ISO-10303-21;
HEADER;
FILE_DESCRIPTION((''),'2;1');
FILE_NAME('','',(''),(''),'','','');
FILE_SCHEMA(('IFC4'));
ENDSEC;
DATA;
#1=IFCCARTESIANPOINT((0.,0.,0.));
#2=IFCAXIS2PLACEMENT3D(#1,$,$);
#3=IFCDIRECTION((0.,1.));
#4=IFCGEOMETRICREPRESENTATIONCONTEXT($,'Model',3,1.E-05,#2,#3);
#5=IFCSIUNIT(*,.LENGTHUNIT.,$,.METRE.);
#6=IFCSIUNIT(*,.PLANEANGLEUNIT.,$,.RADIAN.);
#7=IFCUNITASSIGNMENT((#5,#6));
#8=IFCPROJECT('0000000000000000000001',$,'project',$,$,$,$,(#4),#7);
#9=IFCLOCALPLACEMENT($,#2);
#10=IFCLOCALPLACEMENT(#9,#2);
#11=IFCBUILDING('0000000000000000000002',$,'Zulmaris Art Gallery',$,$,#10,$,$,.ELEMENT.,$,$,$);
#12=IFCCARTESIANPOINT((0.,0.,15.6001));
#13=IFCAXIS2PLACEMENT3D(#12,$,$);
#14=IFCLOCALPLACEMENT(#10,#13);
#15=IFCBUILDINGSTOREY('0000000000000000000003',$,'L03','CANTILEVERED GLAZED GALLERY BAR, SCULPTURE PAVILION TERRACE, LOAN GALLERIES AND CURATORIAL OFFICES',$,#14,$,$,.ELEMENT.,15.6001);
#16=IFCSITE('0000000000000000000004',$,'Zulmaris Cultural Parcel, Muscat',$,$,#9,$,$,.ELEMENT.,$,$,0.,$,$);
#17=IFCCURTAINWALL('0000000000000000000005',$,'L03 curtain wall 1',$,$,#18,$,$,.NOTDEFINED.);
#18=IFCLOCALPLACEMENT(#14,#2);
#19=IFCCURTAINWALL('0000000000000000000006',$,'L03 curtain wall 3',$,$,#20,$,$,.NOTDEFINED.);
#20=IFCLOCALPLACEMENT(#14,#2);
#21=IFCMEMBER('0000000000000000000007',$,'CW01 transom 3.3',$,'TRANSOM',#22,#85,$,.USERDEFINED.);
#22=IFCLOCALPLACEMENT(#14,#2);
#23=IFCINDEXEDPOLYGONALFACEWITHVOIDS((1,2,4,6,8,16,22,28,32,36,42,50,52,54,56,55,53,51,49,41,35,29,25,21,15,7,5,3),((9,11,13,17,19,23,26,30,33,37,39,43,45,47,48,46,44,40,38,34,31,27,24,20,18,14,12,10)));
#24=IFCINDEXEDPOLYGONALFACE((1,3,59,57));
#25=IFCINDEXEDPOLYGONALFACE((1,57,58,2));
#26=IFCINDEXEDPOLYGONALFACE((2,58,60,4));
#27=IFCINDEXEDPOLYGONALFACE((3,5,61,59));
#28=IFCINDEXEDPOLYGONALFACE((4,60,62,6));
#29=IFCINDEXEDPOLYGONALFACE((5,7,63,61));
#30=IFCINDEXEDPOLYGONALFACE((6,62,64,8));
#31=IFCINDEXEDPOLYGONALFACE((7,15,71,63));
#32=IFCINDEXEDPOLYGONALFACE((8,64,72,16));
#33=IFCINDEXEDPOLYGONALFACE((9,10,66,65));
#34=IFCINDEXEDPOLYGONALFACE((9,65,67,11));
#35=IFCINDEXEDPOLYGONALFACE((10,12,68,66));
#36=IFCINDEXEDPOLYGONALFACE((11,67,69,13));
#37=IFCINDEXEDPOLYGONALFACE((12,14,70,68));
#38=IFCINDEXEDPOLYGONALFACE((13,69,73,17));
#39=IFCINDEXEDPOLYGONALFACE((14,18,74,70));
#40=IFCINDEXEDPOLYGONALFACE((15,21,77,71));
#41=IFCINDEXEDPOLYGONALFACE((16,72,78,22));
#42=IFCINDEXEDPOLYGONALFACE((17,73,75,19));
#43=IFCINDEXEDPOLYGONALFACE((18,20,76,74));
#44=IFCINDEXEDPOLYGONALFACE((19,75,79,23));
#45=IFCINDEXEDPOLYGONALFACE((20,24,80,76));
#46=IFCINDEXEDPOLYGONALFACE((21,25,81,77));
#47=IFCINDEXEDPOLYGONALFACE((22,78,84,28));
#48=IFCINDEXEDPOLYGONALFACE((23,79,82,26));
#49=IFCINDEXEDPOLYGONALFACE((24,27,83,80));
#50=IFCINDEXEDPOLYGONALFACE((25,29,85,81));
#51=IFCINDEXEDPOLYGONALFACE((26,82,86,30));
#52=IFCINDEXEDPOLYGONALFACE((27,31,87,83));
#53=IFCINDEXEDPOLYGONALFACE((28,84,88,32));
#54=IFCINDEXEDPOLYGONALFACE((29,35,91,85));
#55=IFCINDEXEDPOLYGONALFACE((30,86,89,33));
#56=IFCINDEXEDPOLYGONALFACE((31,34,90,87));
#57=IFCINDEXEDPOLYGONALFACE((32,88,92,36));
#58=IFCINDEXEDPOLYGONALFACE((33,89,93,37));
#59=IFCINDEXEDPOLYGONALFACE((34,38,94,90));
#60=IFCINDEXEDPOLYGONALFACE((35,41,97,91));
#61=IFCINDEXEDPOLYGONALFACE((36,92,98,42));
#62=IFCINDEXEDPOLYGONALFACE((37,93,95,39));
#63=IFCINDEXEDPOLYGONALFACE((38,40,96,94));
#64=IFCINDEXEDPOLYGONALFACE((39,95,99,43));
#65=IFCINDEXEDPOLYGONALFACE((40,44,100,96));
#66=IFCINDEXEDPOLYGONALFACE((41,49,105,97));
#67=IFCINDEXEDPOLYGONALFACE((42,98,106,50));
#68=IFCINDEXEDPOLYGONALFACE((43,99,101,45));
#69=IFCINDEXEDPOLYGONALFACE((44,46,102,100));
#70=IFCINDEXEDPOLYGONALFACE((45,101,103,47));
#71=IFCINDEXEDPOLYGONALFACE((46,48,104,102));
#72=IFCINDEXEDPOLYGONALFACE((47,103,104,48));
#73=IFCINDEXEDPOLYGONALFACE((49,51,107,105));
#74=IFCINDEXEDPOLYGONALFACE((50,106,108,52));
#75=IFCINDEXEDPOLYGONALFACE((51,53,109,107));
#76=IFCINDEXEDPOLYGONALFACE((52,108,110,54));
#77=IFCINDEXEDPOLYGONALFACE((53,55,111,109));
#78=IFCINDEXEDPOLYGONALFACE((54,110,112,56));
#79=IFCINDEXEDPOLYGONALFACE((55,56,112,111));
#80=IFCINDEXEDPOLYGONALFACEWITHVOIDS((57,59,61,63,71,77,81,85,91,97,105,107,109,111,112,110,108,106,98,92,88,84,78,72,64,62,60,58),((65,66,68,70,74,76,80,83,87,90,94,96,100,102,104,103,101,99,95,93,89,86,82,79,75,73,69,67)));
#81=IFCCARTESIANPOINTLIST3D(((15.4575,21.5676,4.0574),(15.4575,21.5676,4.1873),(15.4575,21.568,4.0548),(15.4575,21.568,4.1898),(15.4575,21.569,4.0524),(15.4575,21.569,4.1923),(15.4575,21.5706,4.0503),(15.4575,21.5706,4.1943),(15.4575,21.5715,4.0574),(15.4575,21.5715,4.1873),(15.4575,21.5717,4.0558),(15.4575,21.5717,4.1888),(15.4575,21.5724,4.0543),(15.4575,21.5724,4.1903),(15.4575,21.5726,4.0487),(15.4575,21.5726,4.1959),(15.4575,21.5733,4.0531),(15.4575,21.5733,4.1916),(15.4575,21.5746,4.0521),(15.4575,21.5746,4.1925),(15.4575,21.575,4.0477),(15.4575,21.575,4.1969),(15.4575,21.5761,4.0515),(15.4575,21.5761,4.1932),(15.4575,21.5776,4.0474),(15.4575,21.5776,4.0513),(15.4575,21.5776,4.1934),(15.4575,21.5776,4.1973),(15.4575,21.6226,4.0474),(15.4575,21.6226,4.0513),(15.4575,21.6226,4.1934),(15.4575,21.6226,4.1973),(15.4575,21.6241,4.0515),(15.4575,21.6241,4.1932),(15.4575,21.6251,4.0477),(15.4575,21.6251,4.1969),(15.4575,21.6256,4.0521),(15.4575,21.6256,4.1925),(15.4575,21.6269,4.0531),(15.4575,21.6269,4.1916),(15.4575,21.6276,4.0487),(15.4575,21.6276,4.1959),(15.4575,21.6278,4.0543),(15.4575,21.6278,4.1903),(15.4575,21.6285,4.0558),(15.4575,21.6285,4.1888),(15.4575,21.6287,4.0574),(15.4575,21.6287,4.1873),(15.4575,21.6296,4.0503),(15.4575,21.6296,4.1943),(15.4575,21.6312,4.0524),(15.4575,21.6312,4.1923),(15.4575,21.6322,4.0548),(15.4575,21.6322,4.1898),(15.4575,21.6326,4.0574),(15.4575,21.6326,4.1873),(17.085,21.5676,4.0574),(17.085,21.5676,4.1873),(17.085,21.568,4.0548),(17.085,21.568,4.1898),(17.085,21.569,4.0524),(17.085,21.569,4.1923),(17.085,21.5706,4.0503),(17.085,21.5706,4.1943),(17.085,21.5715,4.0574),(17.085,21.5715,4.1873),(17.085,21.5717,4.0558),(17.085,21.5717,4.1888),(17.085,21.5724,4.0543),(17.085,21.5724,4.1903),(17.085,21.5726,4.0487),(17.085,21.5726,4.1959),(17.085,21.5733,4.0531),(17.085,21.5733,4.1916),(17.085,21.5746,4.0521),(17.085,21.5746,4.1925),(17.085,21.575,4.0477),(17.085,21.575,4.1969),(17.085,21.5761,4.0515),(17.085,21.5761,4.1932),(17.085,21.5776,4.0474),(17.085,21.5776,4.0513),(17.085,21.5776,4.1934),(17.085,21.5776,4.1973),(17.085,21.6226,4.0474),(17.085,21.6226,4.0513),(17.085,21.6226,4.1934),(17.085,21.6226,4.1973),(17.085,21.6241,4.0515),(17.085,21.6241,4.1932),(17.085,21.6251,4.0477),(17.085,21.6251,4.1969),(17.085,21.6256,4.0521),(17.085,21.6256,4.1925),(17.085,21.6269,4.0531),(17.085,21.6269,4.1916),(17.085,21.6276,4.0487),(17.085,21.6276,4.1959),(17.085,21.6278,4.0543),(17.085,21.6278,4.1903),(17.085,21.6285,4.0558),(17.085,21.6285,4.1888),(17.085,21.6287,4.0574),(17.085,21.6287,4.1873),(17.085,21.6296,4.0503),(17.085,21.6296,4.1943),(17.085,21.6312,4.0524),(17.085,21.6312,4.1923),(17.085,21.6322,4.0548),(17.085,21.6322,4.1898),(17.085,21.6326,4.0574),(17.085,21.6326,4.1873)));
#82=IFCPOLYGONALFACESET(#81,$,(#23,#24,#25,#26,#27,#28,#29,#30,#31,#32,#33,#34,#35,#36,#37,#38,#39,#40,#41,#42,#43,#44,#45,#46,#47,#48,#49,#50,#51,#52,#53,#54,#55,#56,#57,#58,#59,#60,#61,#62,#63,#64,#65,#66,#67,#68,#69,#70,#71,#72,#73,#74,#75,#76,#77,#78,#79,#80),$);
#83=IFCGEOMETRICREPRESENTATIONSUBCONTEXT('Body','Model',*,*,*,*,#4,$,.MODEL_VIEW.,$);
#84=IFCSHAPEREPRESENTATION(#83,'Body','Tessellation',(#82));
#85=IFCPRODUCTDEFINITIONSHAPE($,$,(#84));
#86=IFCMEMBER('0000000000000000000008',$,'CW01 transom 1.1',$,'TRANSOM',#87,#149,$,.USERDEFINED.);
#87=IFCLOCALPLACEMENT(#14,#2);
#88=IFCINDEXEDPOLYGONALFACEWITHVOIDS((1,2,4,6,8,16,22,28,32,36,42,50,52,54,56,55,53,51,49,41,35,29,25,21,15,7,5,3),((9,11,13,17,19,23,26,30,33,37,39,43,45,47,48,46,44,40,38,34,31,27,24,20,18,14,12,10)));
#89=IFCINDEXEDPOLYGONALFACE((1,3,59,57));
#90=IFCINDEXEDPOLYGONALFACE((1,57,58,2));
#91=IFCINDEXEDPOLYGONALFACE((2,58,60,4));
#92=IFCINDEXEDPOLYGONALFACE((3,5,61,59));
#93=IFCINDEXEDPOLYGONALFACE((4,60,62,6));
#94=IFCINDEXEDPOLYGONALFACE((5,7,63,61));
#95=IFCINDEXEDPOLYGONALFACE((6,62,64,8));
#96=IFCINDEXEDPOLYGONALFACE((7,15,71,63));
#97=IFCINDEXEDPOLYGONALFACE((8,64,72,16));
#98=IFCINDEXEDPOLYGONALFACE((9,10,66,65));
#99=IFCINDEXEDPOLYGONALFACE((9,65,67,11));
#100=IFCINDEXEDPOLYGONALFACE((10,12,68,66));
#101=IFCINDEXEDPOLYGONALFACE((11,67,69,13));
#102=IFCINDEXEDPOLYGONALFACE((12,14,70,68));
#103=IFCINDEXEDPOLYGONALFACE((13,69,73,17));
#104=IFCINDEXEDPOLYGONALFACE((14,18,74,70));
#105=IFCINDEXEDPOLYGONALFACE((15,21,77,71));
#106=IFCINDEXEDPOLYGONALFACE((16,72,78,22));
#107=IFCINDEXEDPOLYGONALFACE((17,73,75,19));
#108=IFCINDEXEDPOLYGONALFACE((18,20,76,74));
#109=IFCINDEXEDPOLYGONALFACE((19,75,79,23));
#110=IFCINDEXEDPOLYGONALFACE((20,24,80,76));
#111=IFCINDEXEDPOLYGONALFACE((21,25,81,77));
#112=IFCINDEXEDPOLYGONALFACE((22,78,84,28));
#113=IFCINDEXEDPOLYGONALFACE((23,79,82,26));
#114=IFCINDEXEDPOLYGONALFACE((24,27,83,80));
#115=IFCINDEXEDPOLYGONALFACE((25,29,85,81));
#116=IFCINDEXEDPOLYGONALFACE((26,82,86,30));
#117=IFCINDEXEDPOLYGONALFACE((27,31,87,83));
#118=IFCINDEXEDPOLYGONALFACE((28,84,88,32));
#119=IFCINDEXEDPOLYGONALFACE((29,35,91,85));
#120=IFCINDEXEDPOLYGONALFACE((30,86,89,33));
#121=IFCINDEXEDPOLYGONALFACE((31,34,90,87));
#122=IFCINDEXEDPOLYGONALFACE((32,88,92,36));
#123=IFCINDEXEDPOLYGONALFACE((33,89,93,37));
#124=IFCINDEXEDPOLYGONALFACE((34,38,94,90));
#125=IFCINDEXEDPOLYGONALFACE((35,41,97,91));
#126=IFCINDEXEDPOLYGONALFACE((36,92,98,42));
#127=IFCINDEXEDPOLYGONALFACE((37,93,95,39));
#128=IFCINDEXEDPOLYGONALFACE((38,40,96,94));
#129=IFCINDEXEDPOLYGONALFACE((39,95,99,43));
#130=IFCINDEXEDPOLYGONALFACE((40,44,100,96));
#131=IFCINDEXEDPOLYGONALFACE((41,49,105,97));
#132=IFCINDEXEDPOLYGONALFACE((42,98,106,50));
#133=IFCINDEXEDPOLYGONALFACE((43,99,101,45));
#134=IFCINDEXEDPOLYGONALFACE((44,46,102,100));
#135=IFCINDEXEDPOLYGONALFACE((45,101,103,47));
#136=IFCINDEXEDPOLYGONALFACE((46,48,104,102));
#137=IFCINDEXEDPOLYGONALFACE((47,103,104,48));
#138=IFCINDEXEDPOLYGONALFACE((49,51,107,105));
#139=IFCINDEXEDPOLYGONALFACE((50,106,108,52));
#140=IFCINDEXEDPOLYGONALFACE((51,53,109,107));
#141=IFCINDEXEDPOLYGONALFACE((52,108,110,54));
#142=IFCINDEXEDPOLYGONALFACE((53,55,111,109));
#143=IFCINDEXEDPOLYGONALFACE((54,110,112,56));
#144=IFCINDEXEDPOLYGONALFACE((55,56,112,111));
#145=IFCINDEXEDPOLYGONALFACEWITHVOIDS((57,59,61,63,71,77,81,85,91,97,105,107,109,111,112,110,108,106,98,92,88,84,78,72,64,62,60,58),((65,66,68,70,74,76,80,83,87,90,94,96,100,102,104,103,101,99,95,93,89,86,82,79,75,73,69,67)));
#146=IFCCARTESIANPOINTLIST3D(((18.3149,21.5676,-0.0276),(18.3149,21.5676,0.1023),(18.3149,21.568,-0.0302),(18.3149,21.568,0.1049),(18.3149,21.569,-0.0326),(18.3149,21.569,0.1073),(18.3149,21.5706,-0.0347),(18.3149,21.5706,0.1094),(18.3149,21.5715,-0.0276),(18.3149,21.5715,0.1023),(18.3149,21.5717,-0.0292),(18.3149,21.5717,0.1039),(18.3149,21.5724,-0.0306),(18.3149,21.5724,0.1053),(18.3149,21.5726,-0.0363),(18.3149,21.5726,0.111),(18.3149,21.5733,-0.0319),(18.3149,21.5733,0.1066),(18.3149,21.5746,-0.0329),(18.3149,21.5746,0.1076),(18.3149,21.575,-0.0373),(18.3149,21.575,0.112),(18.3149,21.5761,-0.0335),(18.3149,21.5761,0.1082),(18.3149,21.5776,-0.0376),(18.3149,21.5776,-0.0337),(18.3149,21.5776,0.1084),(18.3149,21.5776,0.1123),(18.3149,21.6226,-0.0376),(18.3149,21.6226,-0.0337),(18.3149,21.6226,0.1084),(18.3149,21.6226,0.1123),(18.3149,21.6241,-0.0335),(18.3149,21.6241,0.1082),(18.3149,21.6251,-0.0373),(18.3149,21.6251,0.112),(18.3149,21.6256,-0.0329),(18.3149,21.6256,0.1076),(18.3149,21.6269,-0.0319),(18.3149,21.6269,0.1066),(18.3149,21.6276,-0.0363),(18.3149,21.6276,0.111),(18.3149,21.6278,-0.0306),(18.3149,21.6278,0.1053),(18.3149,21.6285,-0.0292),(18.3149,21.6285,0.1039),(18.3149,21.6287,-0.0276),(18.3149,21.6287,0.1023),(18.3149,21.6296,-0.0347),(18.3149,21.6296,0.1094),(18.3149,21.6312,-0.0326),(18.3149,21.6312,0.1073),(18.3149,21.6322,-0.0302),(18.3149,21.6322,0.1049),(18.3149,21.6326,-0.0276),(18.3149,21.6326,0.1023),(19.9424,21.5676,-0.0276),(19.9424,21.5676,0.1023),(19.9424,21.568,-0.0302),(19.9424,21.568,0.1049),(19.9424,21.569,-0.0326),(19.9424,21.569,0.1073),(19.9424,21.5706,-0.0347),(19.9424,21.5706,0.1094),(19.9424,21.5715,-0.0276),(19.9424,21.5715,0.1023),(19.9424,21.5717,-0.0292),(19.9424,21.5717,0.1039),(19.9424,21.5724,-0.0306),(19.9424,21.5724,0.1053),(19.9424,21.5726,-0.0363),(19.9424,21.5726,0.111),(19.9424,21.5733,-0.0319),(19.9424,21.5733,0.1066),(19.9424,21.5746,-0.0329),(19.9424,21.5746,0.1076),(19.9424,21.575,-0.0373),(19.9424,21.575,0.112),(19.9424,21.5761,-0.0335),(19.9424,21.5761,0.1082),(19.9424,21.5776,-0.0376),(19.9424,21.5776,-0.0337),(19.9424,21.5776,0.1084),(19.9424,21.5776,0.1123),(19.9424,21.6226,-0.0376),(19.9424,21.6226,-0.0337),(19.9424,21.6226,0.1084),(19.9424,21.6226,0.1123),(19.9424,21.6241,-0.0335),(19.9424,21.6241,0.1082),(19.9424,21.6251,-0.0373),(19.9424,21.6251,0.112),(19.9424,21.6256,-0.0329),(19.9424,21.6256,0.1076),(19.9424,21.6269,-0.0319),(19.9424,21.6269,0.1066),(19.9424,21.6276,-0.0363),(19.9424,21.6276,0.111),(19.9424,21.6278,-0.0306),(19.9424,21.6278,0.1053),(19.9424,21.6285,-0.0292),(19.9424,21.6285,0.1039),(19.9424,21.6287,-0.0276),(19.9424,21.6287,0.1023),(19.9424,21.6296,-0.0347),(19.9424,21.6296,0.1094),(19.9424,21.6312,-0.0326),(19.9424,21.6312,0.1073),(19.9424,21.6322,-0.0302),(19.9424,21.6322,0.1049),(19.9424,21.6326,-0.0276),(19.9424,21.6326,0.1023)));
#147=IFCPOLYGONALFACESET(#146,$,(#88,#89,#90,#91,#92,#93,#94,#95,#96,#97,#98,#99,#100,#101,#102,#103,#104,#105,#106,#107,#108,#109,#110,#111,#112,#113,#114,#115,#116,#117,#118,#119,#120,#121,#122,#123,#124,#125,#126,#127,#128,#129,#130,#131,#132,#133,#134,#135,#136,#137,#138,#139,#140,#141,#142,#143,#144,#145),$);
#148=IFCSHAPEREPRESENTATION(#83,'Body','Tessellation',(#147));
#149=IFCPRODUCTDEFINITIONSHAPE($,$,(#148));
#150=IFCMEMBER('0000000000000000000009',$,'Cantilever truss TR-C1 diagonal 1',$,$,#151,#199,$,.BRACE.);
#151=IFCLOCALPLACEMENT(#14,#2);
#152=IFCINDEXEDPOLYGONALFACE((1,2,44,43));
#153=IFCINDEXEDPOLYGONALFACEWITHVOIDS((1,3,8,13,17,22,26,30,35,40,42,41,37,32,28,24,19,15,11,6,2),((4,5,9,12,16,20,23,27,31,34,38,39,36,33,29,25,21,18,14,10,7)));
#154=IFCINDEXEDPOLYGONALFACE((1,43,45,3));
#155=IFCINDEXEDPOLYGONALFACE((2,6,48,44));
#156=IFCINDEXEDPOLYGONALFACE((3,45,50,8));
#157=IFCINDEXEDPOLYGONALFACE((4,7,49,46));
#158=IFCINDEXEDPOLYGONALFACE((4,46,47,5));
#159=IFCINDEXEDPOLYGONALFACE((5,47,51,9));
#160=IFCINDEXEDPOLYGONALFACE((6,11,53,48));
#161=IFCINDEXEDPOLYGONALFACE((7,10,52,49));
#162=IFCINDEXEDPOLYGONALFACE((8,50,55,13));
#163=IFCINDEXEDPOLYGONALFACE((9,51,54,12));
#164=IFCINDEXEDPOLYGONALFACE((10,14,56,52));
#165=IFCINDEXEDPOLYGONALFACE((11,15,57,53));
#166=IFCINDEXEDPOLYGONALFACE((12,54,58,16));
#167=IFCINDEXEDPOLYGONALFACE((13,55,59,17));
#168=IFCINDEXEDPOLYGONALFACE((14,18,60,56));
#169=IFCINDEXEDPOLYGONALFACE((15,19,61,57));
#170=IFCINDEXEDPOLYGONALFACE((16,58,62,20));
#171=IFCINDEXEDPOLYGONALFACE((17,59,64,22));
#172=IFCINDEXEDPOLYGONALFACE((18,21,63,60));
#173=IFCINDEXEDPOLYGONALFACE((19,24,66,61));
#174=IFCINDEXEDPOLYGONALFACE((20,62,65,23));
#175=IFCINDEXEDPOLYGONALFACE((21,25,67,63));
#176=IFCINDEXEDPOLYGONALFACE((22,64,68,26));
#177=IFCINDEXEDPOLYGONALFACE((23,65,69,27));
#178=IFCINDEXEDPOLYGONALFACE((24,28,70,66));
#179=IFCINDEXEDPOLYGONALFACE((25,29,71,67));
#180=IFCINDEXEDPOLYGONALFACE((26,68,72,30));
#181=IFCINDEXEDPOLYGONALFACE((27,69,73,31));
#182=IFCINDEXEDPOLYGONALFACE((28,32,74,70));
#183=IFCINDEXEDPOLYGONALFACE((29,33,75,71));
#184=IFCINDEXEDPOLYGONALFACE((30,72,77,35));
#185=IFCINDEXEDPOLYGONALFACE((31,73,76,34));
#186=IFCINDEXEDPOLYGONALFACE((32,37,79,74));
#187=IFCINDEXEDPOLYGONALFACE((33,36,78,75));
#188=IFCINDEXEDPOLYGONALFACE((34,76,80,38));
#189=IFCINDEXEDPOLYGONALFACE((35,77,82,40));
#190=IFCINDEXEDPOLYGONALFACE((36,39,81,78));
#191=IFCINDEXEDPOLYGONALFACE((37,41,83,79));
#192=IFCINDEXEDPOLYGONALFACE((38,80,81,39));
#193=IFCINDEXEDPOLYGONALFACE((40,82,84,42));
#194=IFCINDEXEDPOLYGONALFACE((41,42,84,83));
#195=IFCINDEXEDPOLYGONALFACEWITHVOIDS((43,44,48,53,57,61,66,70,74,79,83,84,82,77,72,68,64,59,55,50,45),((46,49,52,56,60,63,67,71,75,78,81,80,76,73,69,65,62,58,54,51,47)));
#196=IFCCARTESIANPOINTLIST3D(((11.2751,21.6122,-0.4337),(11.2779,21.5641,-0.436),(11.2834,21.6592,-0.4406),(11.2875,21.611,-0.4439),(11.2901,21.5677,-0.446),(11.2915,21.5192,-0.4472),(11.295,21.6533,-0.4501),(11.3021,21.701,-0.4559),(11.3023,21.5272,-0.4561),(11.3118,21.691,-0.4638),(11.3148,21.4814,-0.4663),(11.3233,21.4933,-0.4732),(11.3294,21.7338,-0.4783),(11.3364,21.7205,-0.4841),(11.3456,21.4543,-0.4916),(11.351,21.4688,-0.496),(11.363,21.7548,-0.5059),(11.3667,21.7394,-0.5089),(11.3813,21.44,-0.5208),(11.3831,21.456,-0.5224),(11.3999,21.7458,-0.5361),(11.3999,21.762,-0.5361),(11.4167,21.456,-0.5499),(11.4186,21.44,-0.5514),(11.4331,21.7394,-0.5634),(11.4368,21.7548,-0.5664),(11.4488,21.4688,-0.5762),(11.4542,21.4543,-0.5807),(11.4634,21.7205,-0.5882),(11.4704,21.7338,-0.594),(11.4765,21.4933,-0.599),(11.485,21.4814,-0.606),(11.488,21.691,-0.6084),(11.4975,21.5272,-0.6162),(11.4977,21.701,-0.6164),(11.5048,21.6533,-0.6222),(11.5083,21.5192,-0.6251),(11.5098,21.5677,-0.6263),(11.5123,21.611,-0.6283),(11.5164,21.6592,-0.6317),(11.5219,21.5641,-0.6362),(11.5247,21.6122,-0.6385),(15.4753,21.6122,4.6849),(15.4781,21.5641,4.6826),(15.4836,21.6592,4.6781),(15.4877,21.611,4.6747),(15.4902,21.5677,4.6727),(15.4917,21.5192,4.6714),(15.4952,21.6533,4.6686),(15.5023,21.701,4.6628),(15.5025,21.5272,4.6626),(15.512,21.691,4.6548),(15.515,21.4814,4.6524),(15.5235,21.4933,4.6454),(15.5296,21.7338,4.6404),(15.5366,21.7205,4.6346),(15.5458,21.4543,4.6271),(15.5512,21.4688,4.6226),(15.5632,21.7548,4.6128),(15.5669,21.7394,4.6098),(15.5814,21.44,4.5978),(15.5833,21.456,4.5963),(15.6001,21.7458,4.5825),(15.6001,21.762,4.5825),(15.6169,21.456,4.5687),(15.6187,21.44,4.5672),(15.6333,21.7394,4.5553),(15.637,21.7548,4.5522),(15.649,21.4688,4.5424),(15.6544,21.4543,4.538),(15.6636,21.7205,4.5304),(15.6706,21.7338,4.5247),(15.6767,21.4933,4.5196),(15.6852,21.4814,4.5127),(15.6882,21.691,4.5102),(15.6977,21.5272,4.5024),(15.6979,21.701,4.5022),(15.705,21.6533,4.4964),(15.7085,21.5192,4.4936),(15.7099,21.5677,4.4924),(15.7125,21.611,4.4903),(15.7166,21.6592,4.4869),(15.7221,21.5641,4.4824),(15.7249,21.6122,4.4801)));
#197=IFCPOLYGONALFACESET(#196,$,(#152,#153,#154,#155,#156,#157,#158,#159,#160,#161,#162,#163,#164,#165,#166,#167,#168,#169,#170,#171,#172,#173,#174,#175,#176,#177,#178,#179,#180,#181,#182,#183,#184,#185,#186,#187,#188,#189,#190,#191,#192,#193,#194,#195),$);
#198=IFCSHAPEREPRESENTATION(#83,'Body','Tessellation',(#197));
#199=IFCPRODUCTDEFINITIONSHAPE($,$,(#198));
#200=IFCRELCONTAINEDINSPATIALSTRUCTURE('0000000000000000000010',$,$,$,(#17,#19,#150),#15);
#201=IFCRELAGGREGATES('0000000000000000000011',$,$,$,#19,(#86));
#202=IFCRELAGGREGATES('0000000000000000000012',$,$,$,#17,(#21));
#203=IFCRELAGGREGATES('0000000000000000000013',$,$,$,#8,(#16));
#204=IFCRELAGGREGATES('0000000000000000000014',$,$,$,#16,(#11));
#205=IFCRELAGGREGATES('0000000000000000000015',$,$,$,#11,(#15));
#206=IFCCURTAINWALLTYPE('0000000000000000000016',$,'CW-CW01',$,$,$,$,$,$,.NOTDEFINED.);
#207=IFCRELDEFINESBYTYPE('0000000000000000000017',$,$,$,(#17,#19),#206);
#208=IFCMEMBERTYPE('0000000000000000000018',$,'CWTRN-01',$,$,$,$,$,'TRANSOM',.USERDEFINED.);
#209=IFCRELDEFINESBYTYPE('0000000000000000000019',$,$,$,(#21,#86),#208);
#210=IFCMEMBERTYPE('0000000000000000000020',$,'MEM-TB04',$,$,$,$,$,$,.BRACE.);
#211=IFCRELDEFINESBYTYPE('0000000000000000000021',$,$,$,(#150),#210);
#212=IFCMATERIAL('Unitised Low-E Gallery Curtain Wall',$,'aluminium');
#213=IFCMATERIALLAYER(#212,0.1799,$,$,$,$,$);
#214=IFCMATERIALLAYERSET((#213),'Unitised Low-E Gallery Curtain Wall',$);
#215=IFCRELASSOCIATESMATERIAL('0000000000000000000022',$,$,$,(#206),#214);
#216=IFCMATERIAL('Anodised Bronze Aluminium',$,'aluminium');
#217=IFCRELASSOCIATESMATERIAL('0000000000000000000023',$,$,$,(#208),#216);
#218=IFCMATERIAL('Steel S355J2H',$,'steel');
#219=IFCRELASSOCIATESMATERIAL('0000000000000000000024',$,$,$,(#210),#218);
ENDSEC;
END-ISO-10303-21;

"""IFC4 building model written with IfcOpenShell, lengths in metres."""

from ifc_helpers import new_model, si_unit, direction, frame, origin, origin_2d, place, context, subcontext, project, spatial, hollow_rectangle, hollow_circle, extrude, material, layer, layer_set, material_profile, profile_set, type_object, element, aggregate, save


model = new_model("IFC4")

# Units and contexts
model_context = context("Model", 3, precision=1e-05, world=origin(), true_north=direction((0.0, 1.0)))
body_context = subcontext(model_context, "Body", "Model", "MODEL_VIEW")
ifc_project = project(units=[si_unit("LENGTHUNIT", "METRE"), si_unit("PLANEANGLEUNIT", "RADIAN")], contexts=[model_context])

# Site, building, storey
site_placement = place(None, origin())
site = spatial("IfcSite", under=ifc_project, at=site_placement, Name="Zulmaris Cultural Parcel, Muscat", CompositionType="ELEMENT", RefElevation=0.0)
building_placement = place(site_placement, origin())
building = spatial("IfcBuilding", under=site, at=building_placement, Name="Zulmaris Art Gallery", CompositionType="ELEMENT")
storey_placement = place(building_placement, frame((0.0, 0.0, 15.6001)))
storey = spatial("IfcBuildingStorey", under=building, at=storey_placement, Name="L03", Description="CANTILEVERED GLAZED GALLERY BAR, SCULPTURE PAVILION TERRACE, LOAN GALLERIES AND CURATORIAL OFFICES", CompositionType="ELEMENT", Elevation=15.6001)

# Curtain wall
ifc_material_1 = material(Name="Unitised Low-E Gallery Curtain Wall", Category="aluminium")
ifc_layer_1 = layer(ifc_material_1, 0.1799)
ifc_layer_set_1 = layer_set([ifc_layer_1], Name="Unitised Low-E Gallery Curtain Wall")
curtain_wall_type = type_object("IfcCurtainWallType", Name="CW-CW01", PredefinedType="NOTDEFINED", material=ifc_layer_set_1)
curtain_wall_1_placement = place(storey_placement, origin())
curtain_wall_1 = element("IfcCurtainWall", 1, at=curtain_wall_1_placement, inside=storey, type_object=curtain_wall_type, Name="L03 curtain wall 1", PredefinedType="NOTDEFINED")
ifc_material_2 = material(Name="Anodised Bronze Aluminium", Category="aluminium")

# Curtain wall
curtain_wall_2_placement = place(storey_placement, origin())
curtain_wall_2 = element("IfcCurtainWall", 2, at=curtain_wall_2_placement, inside=storey, type_object=curtain_wall_type, Name="L03 curtain wall 3", PredefinedType="NOTDEFINED")

# Members
ifc_material_profile_1 = material_profile(ifc_material_2, hollow_rectangle(XDim=0.0649, YDim=0.1499, WallThickness=0.0039, InnerFilletRadius=0.0061, OuterFilletRadius=0.01, at=origin_2d()), Name="ALU 65x150x4")
ifc_profile_set_1 = profile_set([ifc_material_profile_1], Name="Anodised Bronze Aluminium")
member_type_1 = type_object("IfcMemberType", Name="CWTRN-01", ElementType="TRANSOM", PredefinedType="USERDEFINED", material=ifc_profile_set_1)
member_1_placement = place(storey_placement, frame((15.4575, 21.6001, 4.1223), z_axis=(1.0, 0.0, 0.0), x_axis=(0.0, 1.0, 0.0)))
member_1 = element("IfcMember", 3, at=member_1_placement, type_object=member_type_1, Name="CW01 transom 3.3", ObjectType="TRANSOM", PredefinedType="USERDEFINED", context=body_context, shape_type="SweptSolid", body=[
    extrude(hollow_rectangle(XDim=0.0649, YDim=0.1499, WallThickness=0.0039, InnerFilletRadius=0.0061, OuterFilletRadius=0.01, at=origin_2d()), origin(), (0.0, 0.0, 1.0), 1.6274),
])
member_2_placement = place(storey_placement, frame((18.3149, 21.6001, 0.0374), z_axis=(1.0, 0.0, 0.0), x_axis=(0.0, 1.0, 0.0)))
member_2 = element("IfcMember", 4, at=member_2_placement, type_object=member_type_1, Name="CW01 transom 1.1", ObjectType="TRANSOM", PredefinedType="USERDEFINED", context=body_context, shape_type="SweptSolid", body=[
    extrude(hollow_rectangle(XDim=0.0649, YDim=0.1499, WallThickness=0.0039, InnerFilletRadius=0.0061, OuterFilletRadius=0.01, at=origin_2d()), origin(), (0.0, 0.0, 1.0), 1.6274),
])
aggregate(curtain_wall_2, [member_2])

# Member
ifc_material_3 = material(Name="Steel S355J2H", Category="steel")
ifc_material_profile_2 = material_profile(ifc_material_3, hollow_circle(Radius=0.1619, WallThickness=0.0161, at=origin_2d()), Name="CHS 323.9x16")
ifc_profile_set_2 = profile_set([ifc_material_profile_2], Name="Steel S355J2H")
member_type_2 = type_object("IfcMemberType", Name="MEM-TB04", PredefinedType="BRACE", material=ifc_profile_set_2)
member_3_placement = place(storey_placement, frame((11.3999, 21.6001, -0.5361), z_axis=(0.634341, 0.0, 0.773053), x_axis=(0.0, 1.0, 0.0)))
element("IfcMember", 5, at=member_3_placement, inside=storey, type_object=member_type_2, Name="Cantilever truss TR-C1 diagonal 1", PredefinedType="BRACE", context=body_context, shape_type="SweptSolid", body=[
    extrude(hollow_circle(Radius=0.1619, WallThickness=0.0161, at=origin_2d()), origin(), (0.0, 0.0, 1.0), 6.6213),
])

aggregate(curtain_wall_1, [member_1])

save(model, "model.ifc")
